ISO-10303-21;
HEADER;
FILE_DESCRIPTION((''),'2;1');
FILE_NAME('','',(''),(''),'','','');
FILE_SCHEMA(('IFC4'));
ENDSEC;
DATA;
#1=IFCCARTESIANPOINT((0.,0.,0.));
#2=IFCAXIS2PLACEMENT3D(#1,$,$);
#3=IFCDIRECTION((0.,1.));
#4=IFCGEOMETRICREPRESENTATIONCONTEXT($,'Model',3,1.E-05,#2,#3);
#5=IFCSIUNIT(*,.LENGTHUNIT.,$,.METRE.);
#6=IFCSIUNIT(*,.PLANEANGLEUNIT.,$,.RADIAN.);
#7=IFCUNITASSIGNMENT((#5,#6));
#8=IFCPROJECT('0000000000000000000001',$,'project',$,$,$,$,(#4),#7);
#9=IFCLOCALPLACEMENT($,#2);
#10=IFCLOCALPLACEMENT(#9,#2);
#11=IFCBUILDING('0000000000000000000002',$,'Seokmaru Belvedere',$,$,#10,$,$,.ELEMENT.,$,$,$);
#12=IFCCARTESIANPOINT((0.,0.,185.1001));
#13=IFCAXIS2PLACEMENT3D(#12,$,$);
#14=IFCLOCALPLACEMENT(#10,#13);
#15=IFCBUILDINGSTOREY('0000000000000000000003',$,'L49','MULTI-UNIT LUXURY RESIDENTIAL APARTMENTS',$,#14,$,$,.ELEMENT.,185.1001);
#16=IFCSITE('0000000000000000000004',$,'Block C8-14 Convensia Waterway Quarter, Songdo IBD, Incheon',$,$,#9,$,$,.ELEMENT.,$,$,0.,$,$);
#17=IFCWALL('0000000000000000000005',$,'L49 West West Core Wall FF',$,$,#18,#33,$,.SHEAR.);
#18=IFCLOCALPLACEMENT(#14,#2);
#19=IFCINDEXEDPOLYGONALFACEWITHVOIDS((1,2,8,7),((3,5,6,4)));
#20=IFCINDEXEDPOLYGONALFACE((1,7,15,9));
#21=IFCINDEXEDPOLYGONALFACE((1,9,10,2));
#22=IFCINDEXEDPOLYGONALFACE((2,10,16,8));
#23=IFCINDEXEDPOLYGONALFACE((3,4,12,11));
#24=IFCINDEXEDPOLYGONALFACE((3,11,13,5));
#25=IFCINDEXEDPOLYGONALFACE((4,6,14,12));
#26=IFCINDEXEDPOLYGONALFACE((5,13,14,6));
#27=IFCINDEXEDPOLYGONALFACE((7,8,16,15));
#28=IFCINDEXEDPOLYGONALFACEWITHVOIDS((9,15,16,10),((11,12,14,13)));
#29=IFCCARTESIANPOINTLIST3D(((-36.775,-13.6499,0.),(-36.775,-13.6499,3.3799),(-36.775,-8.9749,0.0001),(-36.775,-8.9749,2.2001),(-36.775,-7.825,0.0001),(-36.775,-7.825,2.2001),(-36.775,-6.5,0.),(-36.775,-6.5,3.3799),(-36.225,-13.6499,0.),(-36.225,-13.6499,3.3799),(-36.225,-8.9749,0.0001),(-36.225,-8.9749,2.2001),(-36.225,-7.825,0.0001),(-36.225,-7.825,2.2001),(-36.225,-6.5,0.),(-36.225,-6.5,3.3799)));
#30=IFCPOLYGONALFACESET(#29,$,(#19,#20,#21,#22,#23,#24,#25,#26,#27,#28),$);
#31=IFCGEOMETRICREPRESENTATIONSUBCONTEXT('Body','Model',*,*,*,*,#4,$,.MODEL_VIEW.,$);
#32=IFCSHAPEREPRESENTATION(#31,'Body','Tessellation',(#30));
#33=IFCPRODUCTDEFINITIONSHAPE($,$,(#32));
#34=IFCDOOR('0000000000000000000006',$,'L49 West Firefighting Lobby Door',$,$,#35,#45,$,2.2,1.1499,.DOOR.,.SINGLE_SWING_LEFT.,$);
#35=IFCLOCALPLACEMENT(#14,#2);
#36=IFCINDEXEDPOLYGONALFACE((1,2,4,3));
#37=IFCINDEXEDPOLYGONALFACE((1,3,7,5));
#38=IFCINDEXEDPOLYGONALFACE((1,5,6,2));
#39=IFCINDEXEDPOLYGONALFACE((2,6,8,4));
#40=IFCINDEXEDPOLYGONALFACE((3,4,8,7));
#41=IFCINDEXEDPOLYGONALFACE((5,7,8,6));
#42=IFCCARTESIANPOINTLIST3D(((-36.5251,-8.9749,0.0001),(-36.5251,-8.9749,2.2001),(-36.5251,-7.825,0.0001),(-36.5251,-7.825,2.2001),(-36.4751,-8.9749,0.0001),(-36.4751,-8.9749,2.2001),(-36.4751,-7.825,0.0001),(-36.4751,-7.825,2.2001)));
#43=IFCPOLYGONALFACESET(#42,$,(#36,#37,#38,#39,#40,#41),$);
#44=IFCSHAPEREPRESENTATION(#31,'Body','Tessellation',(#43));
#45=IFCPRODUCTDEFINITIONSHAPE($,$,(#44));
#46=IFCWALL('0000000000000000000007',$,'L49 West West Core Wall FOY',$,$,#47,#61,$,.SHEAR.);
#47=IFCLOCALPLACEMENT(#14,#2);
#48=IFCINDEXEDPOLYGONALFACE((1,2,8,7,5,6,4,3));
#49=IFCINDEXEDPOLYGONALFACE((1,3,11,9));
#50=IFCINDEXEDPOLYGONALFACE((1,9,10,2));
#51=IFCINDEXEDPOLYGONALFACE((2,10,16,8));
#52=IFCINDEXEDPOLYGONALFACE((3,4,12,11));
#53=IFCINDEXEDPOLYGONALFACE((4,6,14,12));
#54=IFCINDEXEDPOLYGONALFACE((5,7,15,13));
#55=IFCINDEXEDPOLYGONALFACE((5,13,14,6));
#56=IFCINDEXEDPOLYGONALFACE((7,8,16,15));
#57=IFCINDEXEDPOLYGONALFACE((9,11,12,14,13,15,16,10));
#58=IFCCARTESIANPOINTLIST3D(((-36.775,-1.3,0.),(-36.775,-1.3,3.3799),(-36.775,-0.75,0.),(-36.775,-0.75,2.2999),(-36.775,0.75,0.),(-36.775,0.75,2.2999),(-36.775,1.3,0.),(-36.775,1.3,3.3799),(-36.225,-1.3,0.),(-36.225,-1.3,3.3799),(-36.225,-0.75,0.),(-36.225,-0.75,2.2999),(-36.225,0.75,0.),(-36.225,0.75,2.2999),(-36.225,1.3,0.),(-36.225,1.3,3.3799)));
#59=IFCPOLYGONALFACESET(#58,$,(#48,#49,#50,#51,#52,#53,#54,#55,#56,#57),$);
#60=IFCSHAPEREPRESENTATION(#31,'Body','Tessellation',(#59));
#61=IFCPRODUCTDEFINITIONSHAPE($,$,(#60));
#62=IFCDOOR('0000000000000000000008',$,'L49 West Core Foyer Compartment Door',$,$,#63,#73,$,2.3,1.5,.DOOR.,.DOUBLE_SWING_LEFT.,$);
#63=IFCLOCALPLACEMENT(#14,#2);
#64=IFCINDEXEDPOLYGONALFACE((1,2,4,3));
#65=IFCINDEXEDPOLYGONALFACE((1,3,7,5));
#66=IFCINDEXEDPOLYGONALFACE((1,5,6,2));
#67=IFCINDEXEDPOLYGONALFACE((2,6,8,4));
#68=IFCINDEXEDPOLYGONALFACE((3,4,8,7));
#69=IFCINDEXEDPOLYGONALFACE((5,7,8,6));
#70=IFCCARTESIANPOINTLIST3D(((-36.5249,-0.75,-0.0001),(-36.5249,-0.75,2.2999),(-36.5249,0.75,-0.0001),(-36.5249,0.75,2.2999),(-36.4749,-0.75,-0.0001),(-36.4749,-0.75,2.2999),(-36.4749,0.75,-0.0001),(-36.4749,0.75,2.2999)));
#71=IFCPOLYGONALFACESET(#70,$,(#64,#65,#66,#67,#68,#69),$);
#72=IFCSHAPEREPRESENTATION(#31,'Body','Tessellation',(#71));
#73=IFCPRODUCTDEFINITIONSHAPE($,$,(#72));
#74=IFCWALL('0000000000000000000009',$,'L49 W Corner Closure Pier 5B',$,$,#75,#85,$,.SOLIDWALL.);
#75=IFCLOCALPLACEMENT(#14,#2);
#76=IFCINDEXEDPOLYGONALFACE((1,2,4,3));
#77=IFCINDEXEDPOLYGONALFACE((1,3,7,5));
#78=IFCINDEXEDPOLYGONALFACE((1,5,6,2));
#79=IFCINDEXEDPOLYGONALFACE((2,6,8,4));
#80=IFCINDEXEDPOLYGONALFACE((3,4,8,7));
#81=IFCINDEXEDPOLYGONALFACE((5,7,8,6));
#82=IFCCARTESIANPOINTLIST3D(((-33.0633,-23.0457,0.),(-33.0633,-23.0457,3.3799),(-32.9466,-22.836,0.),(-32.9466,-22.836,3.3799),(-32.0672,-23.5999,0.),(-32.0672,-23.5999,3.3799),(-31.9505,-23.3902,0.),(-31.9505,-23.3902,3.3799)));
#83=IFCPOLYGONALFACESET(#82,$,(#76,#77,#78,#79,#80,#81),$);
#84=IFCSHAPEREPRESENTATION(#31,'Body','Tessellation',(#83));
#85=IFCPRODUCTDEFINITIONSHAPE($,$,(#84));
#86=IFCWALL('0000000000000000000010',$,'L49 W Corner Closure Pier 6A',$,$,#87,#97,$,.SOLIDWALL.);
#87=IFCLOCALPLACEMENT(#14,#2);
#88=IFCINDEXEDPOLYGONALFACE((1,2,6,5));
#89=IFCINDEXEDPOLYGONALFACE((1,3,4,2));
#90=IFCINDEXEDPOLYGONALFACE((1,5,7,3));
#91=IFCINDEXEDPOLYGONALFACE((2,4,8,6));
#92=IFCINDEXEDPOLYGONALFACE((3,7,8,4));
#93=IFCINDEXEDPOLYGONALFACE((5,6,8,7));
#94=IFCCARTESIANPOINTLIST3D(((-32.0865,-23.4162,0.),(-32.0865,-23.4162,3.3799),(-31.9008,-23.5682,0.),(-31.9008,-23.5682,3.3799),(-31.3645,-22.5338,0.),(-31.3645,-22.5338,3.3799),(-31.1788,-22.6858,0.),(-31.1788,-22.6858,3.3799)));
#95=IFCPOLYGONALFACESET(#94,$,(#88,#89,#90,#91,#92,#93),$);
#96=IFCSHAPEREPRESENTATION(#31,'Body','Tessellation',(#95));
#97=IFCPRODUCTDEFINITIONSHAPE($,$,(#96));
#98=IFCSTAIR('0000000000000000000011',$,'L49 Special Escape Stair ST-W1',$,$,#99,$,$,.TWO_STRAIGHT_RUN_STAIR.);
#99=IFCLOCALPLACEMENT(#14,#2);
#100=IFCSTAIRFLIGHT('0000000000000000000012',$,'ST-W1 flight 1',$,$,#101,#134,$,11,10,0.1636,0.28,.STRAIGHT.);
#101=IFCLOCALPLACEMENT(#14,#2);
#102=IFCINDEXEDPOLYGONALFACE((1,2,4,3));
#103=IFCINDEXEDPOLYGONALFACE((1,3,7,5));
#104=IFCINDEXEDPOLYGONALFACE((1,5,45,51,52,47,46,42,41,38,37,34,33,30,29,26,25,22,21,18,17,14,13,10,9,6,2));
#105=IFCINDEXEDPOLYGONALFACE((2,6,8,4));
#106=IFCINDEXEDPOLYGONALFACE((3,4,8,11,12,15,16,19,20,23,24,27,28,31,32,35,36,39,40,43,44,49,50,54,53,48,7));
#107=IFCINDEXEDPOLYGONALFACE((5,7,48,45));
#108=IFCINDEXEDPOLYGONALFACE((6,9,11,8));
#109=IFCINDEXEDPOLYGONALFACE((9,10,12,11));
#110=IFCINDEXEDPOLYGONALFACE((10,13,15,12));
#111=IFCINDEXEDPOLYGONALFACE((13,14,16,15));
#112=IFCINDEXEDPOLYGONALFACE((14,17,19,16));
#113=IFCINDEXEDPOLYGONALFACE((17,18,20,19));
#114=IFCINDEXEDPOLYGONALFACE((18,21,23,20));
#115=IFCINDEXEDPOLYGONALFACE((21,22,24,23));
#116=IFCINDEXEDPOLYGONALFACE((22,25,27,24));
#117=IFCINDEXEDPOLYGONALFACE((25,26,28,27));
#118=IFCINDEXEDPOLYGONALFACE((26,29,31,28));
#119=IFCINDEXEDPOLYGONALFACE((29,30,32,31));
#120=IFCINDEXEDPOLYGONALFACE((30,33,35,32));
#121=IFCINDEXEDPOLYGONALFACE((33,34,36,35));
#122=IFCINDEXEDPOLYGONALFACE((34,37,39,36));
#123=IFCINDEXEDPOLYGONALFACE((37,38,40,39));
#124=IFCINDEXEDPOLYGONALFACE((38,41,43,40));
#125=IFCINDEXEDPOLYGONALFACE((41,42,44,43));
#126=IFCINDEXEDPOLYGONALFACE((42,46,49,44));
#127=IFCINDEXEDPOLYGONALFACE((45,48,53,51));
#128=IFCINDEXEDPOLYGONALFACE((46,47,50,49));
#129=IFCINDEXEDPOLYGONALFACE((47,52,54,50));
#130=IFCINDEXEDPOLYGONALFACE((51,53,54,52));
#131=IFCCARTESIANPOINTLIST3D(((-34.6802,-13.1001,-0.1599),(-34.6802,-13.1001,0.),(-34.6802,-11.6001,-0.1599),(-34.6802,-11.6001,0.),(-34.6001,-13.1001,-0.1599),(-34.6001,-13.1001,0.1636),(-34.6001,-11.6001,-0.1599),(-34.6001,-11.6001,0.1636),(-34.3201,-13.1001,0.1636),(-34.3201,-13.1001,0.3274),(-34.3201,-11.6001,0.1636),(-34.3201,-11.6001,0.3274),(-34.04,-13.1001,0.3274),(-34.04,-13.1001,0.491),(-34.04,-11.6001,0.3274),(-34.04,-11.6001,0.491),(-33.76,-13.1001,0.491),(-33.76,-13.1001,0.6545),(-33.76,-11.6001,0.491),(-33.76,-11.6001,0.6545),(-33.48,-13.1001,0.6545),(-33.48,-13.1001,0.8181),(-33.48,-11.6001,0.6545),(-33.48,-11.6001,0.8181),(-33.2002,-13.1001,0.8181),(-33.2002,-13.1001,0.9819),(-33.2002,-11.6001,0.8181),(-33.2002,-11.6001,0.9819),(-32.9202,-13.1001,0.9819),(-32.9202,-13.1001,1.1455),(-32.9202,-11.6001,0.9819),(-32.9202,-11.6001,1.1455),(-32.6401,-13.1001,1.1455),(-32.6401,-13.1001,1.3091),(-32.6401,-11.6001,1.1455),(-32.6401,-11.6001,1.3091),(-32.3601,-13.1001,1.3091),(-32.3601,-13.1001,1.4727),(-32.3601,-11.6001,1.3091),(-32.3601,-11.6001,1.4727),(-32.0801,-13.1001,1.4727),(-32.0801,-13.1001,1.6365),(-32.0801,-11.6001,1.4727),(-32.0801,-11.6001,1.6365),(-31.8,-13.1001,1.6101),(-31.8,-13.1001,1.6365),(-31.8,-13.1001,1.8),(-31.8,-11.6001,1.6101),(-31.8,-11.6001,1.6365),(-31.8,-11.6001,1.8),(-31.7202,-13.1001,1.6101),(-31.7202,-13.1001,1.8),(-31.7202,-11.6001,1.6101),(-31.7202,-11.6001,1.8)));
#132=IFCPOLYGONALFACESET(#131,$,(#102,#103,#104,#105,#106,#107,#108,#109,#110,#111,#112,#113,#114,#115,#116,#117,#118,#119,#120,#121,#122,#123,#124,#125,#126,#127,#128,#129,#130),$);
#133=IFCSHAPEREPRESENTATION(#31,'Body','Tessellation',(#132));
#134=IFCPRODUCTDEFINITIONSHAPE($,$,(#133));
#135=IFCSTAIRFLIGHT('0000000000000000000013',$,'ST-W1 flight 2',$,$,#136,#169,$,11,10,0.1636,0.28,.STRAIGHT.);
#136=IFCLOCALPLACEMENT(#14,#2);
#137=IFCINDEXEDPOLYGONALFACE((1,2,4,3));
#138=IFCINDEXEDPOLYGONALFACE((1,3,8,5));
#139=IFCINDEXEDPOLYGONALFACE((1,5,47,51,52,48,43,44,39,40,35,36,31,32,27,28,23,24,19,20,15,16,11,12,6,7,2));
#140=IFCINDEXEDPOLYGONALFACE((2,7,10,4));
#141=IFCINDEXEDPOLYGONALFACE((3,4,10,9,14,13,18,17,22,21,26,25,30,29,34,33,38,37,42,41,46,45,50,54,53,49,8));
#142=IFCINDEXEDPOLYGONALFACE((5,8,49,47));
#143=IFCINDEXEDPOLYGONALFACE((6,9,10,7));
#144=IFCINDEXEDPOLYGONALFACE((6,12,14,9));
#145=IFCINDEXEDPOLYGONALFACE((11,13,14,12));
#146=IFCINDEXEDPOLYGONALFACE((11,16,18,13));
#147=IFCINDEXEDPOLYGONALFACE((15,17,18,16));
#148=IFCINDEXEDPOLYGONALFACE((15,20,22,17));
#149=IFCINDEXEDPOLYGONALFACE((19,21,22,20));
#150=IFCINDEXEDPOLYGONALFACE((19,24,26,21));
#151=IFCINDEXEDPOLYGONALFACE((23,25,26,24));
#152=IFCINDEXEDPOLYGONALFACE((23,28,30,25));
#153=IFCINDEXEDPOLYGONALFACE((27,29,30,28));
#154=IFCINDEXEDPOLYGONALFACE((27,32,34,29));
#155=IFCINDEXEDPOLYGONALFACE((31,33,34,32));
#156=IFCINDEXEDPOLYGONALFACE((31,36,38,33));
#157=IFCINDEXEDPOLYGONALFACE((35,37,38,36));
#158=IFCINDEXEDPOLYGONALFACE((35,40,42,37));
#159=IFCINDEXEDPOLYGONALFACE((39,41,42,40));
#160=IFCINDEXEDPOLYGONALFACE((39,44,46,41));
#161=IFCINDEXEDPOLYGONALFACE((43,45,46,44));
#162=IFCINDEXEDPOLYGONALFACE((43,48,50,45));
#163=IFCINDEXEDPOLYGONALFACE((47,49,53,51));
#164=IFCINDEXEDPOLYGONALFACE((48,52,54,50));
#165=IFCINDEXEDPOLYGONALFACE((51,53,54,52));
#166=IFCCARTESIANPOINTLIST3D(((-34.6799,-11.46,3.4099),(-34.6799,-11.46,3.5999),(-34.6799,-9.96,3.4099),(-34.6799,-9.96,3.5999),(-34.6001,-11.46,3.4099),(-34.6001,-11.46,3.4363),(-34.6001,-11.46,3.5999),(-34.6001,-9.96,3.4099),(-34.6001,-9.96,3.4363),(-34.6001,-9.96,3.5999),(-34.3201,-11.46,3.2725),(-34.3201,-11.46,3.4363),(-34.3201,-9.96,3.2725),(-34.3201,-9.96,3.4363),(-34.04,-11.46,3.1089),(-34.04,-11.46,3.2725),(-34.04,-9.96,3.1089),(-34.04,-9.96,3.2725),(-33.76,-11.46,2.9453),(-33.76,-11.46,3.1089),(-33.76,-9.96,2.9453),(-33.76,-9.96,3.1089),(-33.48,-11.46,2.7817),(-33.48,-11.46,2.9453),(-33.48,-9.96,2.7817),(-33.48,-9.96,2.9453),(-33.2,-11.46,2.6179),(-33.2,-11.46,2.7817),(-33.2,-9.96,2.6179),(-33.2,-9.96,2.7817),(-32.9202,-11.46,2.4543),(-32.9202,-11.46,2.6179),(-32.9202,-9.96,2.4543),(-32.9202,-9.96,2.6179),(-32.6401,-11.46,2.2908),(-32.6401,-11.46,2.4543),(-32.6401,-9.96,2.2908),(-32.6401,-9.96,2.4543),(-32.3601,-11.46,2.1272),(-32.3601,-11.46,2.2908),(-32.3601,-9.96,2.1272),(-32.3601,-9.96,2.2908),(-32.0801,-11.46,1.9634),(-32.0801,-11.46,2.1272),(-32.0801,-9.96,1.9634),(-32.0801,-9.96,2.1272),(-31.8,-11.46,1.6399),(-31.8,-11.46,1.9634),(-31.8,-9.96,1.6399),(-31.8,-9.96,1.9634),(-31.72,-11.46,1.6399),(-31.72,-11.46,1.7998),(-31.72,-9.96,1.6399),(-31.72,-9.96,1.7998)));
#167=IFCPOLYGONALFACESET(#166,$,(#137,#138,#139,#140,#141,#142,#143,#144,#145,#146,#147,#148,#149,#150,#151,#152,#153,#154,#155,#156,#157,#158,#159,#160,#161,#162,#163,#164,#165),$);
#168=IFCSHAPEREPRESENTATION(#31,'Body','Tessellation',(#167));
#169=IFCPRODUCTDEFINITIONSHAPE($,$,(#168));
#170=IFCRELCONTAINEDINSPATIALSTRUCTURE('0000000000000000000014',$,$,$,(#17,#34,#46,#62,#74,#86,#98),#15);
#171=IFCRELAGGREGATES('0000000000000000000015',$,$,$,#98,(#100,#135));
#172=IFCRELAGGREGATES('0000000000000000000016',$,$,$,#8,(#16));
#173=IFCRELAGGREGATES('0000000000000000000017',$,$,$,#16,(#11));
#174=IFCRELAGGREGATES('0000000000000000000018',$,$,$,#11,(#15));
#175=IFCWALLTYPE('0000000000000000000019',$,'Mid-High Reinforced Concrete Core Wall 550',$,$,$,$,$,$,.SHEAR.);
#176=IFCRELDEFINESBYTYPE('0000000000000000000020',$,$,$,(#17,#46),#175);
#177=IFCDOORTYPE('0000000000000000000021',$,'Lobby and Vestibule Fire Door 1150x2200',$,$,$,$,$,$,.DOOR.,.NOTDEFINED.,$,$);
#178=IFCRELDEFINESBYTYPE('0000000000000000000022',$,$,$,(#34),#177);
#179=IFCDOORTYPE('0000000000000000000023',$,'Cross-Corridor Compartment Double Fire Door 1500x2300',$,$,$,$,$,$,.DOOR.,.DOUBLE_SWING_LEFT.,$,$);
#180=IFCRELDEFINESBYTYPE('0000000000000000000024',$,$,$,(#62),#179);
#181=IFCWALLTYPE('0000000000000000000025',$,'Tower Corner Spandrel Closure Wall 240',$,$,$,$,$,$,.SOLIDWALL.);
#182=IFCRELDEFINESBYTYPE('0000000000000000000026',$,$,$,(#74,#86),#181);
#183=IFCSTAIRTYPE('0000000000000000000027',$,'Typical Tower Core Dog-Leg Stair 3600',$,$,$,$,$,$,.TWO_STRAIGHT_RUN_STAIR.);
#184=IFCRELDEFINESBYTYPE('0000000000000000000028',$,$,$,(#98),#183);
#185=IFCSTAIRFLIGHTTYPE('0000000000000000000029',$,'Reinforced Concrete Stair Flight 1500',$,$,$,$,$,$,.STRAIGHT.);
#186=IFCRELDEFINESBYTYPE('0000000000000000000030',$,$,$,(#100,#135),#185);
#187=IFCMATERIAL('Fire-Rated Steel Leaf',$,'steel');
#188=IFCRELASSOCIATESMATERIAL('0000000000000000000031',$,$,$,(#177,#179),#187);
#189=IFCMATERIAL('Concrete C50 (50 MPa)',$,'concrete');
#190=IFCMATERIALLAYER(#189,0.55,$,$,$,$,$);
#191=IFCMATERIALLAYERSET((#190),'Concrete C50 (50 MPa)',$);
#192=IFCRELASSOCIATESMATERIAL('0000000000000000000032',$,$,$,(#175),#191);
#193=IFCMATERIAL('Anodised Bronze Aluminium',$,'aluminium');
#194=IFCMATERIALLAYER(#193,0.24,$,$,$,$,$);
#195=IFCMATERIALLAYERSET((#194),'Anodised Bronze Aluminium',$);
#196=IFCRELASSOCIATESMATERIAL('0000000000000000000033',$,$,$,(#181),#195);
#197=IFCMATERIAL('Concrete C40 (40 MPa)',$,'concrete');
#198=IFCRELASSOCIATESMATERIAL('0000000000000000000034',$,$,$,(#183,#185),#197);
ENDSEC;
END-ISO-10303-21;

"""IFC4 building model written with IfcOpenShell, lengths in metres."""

from ifc_helpers import new_model, si_unit, direction, frame, frame_2d, origin, place, context, subcontext, project, spatial, polyline, rectangle, outline, extrude, source, transform, mapped, material, layer, layer_set, type_object, type_shapes, element, fill, aggregate, save


model = new_model("IFC4")

# Units and contexts
model_context = context("Model", 3, precision=1e-05, world=origin(), true_north=direction((0.0, 1.0)))
body_context = subcontext(model_context, "Body", "Model", "MODEL_VIEW")
ifc_project = project(units=[si_unit("LENGTHUNIT", "METRE"), si_unit("PLANEANGLEUNIT", "RADIAN")], contexts=[model_context])

# Site, building, storey
site_placement = place(None, origin())
site = spatial("IfcSite", under=ifc_project, at=site_placement, Name="Block C8-14 Convensia Waterway Quarter, Songdo IBD, Incheon", CompositionType="ELEMENT", RefElevation=0.0)
building_placement = place(site_placement, origin())
building = spatial("IfcBuilding", under=site, at=building_placement, Name="Seokmaru Belvedere", CompositionType="ELEMENT")
storey_placement = place(building_placement, frame((0.0, 0.0, 185.1001)))
storey = spatial("IfcBuildingStorey", under=building, at=storey_placement, Name="L49", Description="MULTI-UNIT LUXURY RESIDENTIAL APARTMENTS", CompositionType="ELEMENT", Elevation=185.1001)

# Shared definitions
ifc_material_1 = material(Name="Anodised Bronze Aluminium", Category="aluminium")

# Shared definitions
ifc_material_2 = material(Name="Fire-Rated Steel Leaf", Category="steel")
door_type_1 = type_object("IfcDoorType", Name="Lobby and Vestibule Fire Door 1150x2200", OperationType="NOTDEFINED", PredefinedType="DOOR", material=ifc_material_2)
shared_shape_1 = source(origin(), body_context, "Body", "SweptSolid", [
    extrude(rectangle(XDim=1.1499, YDim=2.2, at=frame_2d((0.575, 1.1001))), frame((0.0, 0.0249, 0.0), z_axis=(0.0, -1.0, 0.0), x_axis=(1.0, 0.0, 0.0)), (0.0, 0.0, 1.0), 0.05),
])
type_shapes(door_type_1, [shared_shape_1])

# Shared definitions
ifc_material_3 = material(Name="Concrete C50 (50 MPa)", Category="concrete")

# Shared definitions
ifc_layer_1 = layer(ifc_material_3, 0.55)
ifc_layer_set_1 = layer_set([ifc_layer_1], Name="Concrete C50 (50 MPa)")
wall_type_1 = type_object("IfcWallType", Name="Mid-High Reinforced Concrete Core Wall 550", PredefinedType="SHEAR", material=ifc_layer_set_1)

# Walls, openings, doors
wall_1_placement = place(storey_placement, frame((-36.5, -13.6499, 0.0), z_axis=(0.0, 0.0, 1.0), x_axis=(0.0, 1.0, 0.0)))
wall_1 = element("IfcWall", 1, at=wall_1_placement, inside=storey, type_object=wall_type_1, Name="L49 West West Core Wall FF", PredefinedType="SHEAR", context=body_context, shape_type="SweptSolid", body=[
    extrude(rectangle(XDim=7.1499, YDim=0.55, at=frame_2d((3.575, 0.0))), origin(), (0.0, 0.0, 1.0), 3.3799),
])
opening_1_placement = place(wall_1_placement, frame((4.675, 0.0, 0.0)))
opening_1 = element("IfcOpeningElement", 2, at=opening_1_placement, cuts=wall_1, PredefinedType="OPENING", context=body_context, shape_type="SweptSolid", body=[
    extrude(rectangle(XDim=1.1499, YDim=2.2, at=frame_2d((0.575, 1.1001))), frame((0.0, 0.2852, 0.0), z_axis=(0.0, -1.0, 0.0), x_axis=(1.0, 0.0, 0.0)), (0.0, 0.0, 1.0), 0.5701),
])
door_1_placement = place(opening_1_placement, frame((1.1499, 0.0, 0.0), z_axis=(0.0, 0.0, 1.0), x_axis=(-1.0, 0.0, 0.0)))
door_1 = element("IfcDoor", 3, at=door_1_placement, inside=storey, type_object=door_type_1, Name="L49 West Firefighting Lobby Door", OperationType="SINGLE_SWING_LEFT", OverallHeight=2.2, OverallWidth=1.1499, PredefinedType="DOOR", context=body_context, shape_type="MappedRepresentation", body=[
    mapped(shared_shape_1, transform((0.0, 0.0, 0.0), scale=1.0)),
])
fill(opening_1, door_1)
wall_2_placement = place(storey_placement, frame((-36.5, -1.3, 0.0), z_axis=(0.0, 0.0, 1.0), x_axis=(0.0, 1.0, 0.0)))
wall_2 = element("IfcWall", 4, at=wall_2_placement, inside=storey, type_object=wall_type_1, Name="L49 West West Core Wall FOY", PredefinedType="SHEAR", context=body_context, shape_type="SweptSolid", body=[
    extrude(rectangle(XDim=2.6001, YDim=0.55, at=frame_2d((1.3, 0.0))), origin(), (0.0, 0.0, 1.0), 3.3799),
])
opening_2_placement = place(wall_2_placement, frame((0.55, 0.0, 0.0)))
opening_2 = element("IfcOpeningElement", 5, at=opening_2_placement, cuts=wall_2, PredefinedType="OPENING", context=body_context, shape_type="SweptSolid", body=[
    extrude(rectangle(XDim=1.5, YDim=2.3, at=frame_2d((0.75, 1.1499))), frame((0.0, 0.2852, 0.0), z_axis=(0.0, -1.0, 0.0), x_axis=(1.0, 0.0, 0.0)), (0.0, 0.0, 1.0), 0.5701),
])
door_type_2 = type_object("IfcDoorType", Name="Cross-Corridor Compartment Double Fire Door 1500x2300", OperationType="DOUBLE_SWING_LEFT", PredefinedType="DOOR", material=ifc_material_2)
shared_shape_2 = source(origin(), body_context, "Body", "SweptSolid", [
    extrude(rectangle(XDim=1.5, YDim=2.3, at=frame_2d((0.75, 1.1499))), frame((0.0, 0.0249, 0.0), z_axis=(0.0, -1.0, 0.0), x_axis=(1.0, 0.0, 0.0)), (0.0, 0.0, 1.0), 0.05),
])
type_shapes(door_type_2, [shared_shape_2])
door_2_placement = place(opening_2_placement, origin())
door_2 = element("IfcDoor", 6, at=door_2_placement, inside=storey, type_object=door_type_2, Name="L49 West Core Foyer Compartment Door", OperationType="DOUBLE_SWING_LEFT", OverallHeight=2.3, OverallWidth=1.5, PredefinedType="DOOR", context=body_context, shape_type="MappedRepresentation", body=[
    mapped(shared_shape_2, transform((0.0, 0.0, 0.0), scale=1.0)),
])
fill(opening_2, door_2)

# Walls
ifc_layer_2 = layer(ifc_material_1, 0.24)
ifc_layer_set_2 = layer_set([ifc_layer_2], Name="Anodised Bronze Aluminium")
wall_type_2 = type_object("IfcWallType", Name="Tower Corner Spandrel Closure Wall 240", PredefinedType="SOLIDWALL", material=ifc_layer_set_2)
wall_3_placement = place(storey_placement, frame((-33.0049, -22.9409, 0.0), z_axis=(0.0, 0.0, 1.0), x_axis=(0.873854, -0.486188, 0.0)))
element("IfcWall", 7, at=wall_3_placement, inside=storey, type_object=wall_type_2, Name="L49 W Corner Closure Pier 5B", PredefinedType="SOLIDWALL", context=body_context, shape_type="SweptSolid", body=[
    extrude(rectangle(XDim=1.1399, YDim=0.24, at=frame_2d((0.5698, 0.0))), origin(), (0.0, 0.0, 1.0), 3.3799),
])
wall_4_placement = place(storey_placement, frame((-31.9937, -23.4922, 0.0), z_axis=(0.0, 0.0, 1.0), x_axis=(0.633249, 0.773948, 0.0)))
element("IfcWall", 8, at=wall_4_placement, inside=storey, type_object=wall_type_2, Name="L49 W Corner Closure Pier 6A", PredefinedType="SOLIDWALL", context=body_context, shape_type="SweptSolid", body=[
    extrude(rectangle(XDim=1.1401, YDim=0.24, at=frame_2d((0.5701, 0.0))), origin(), (0.0, 0.0, 1.0), 3.3799),
])

# Stair, stair flights
ifc_material_4 = material(Name="Concrete C40 (40 MPa)", Category="concrete")
stair_type = type_object("IfcStairType", Name="Typical Tower Core Dog-Leg Stair 3600", PredefinedType="TWO_STRAIGHT_RUN_STAIR", material=ifc_material_4)
stair_placement = place(storey_placement, origin())
stair = element("IfcStair", 9, at=stair_placement, inside=storey, type_object=stair_type, Name="L49 Special Escape Stair ST-W1", PredefinedType="TWO_STRAIGHT_RUN_STAIR")
stair_flight_type = type_object("IfcStairFlightType", Name="Reinforced Concrete Stair Flight 1500", PredefinedType="STRAIGHT", material=ifc_material_4)
stair_flight_1_placement = place(storey_placement, frame((-34.6001, -12.3501, 0.0), z_axis=(0.0, 0.0, 1.0), x_axis=(1.0, 0.0, 0.0)))
stair_flight_1 = element("IfcStairFlight", 10, at=stair_flight_1_placement, type_object=stair_flight_type, Name="ST-W1 flight 1", NumberOfRisers=11, NumberOfTreads=10, PredefinedType="STRAIGHT", RiserHeight=0.1636, TreadLength=0.28, context=body_context, shape_type="SweptSolid", body=[
    extrude(outline(polyline([(-0.0801, 0.0), (0.0, 0.1636), (0.28, 0.1636), (0.28, 0.3274), (0.5601, 0.3274), (0.5601, 0.491), (0.8401, 0.491), (0.8401, 0.6545), (1.1201, 0.6545), (1.1201, 0.8181), (1.3999, 0.8181), (1.3999, 0.9819), (1.6799, 0.9819), (1.6799, 1.1455), (1.96, 1.1455), (1.96, 1.3091), (2.24, 1.3091), (2.24, 1.4727), (2.52, 1.4727), (2.52, 1.6365), (2.8, 1.6365), (2.8, 1.8), (2.8799, 1.8), (2.8799, 1.6101), (2.8, 1.6101), (0.0, -0.1599), (-0.0801, -0.1599), (-0.0801, 0.0)])), frame((0.0, 0.75, 0.0), z_axis=(0.0, -1.0, 0.0), x_axis=(1.0, 0.0, 0.0)), (0.0, 0.0, 1.0), 1.5),
])
stair_flight_2_placement = place(storey_placement, frame((-31.8, -10.71, 1.7998), z_axis=(0.0, 0.0, 1.0), x_axis=(-1.0, 0.0, 0.0)))
stair_flight_2 = element("IfcStairFlight", 11, at=stair_flight_2_placement, type_object=stair_flight_type, Name="ST-W1 flight 2", NumberOfRisers=11, NumberOfTreads=10, PredefinedType="STRAIGHT", RiserHeight=0.1636, TreadLength=0.28, context=body_context, shape_type="SweptSolid", body=[
    extrude(outline(polyline([(-0.0801, 0.0), (0.0, 0.1636), (0.28, 0.1636), (0.28, 0.3274), (0.5601, 0.3274), (0.5601, 0.491), (0.8401, 0.491), (0.8401, 0.6545), (1.1201, 0.6545), (1.1201, 0.8181), (1.3999, 0.8181), (1.3999, 0.9819), (1.6799, 0.9819), (1.6799, 1.1455), (1.96, 1.1455), (1.96, 1.3091), (2.24, 1.3091), (2.24, 1.4727), (2.52, 1.4727), (2.52, 1.6365), (2.8, 1.6365), (2.8, 1.8), (2.8799, 1.8), (2.8799, 1.6101), (2.8, 1.6101), (0.0, -0.1599), (-0.0801, -0.1599), (-0.0801, 0.0)])), frame((0.0, 0.75, 0.0), z_axis=(0.0, -1.0, 0.0), x_axis=(1.0, 0.0, 0.0)), (0.0, 0.0, 1.0), 1.5),
])
aggregate(stair, [stair_flight_1, stair_flight_2])

save(model, "model.ifc")
